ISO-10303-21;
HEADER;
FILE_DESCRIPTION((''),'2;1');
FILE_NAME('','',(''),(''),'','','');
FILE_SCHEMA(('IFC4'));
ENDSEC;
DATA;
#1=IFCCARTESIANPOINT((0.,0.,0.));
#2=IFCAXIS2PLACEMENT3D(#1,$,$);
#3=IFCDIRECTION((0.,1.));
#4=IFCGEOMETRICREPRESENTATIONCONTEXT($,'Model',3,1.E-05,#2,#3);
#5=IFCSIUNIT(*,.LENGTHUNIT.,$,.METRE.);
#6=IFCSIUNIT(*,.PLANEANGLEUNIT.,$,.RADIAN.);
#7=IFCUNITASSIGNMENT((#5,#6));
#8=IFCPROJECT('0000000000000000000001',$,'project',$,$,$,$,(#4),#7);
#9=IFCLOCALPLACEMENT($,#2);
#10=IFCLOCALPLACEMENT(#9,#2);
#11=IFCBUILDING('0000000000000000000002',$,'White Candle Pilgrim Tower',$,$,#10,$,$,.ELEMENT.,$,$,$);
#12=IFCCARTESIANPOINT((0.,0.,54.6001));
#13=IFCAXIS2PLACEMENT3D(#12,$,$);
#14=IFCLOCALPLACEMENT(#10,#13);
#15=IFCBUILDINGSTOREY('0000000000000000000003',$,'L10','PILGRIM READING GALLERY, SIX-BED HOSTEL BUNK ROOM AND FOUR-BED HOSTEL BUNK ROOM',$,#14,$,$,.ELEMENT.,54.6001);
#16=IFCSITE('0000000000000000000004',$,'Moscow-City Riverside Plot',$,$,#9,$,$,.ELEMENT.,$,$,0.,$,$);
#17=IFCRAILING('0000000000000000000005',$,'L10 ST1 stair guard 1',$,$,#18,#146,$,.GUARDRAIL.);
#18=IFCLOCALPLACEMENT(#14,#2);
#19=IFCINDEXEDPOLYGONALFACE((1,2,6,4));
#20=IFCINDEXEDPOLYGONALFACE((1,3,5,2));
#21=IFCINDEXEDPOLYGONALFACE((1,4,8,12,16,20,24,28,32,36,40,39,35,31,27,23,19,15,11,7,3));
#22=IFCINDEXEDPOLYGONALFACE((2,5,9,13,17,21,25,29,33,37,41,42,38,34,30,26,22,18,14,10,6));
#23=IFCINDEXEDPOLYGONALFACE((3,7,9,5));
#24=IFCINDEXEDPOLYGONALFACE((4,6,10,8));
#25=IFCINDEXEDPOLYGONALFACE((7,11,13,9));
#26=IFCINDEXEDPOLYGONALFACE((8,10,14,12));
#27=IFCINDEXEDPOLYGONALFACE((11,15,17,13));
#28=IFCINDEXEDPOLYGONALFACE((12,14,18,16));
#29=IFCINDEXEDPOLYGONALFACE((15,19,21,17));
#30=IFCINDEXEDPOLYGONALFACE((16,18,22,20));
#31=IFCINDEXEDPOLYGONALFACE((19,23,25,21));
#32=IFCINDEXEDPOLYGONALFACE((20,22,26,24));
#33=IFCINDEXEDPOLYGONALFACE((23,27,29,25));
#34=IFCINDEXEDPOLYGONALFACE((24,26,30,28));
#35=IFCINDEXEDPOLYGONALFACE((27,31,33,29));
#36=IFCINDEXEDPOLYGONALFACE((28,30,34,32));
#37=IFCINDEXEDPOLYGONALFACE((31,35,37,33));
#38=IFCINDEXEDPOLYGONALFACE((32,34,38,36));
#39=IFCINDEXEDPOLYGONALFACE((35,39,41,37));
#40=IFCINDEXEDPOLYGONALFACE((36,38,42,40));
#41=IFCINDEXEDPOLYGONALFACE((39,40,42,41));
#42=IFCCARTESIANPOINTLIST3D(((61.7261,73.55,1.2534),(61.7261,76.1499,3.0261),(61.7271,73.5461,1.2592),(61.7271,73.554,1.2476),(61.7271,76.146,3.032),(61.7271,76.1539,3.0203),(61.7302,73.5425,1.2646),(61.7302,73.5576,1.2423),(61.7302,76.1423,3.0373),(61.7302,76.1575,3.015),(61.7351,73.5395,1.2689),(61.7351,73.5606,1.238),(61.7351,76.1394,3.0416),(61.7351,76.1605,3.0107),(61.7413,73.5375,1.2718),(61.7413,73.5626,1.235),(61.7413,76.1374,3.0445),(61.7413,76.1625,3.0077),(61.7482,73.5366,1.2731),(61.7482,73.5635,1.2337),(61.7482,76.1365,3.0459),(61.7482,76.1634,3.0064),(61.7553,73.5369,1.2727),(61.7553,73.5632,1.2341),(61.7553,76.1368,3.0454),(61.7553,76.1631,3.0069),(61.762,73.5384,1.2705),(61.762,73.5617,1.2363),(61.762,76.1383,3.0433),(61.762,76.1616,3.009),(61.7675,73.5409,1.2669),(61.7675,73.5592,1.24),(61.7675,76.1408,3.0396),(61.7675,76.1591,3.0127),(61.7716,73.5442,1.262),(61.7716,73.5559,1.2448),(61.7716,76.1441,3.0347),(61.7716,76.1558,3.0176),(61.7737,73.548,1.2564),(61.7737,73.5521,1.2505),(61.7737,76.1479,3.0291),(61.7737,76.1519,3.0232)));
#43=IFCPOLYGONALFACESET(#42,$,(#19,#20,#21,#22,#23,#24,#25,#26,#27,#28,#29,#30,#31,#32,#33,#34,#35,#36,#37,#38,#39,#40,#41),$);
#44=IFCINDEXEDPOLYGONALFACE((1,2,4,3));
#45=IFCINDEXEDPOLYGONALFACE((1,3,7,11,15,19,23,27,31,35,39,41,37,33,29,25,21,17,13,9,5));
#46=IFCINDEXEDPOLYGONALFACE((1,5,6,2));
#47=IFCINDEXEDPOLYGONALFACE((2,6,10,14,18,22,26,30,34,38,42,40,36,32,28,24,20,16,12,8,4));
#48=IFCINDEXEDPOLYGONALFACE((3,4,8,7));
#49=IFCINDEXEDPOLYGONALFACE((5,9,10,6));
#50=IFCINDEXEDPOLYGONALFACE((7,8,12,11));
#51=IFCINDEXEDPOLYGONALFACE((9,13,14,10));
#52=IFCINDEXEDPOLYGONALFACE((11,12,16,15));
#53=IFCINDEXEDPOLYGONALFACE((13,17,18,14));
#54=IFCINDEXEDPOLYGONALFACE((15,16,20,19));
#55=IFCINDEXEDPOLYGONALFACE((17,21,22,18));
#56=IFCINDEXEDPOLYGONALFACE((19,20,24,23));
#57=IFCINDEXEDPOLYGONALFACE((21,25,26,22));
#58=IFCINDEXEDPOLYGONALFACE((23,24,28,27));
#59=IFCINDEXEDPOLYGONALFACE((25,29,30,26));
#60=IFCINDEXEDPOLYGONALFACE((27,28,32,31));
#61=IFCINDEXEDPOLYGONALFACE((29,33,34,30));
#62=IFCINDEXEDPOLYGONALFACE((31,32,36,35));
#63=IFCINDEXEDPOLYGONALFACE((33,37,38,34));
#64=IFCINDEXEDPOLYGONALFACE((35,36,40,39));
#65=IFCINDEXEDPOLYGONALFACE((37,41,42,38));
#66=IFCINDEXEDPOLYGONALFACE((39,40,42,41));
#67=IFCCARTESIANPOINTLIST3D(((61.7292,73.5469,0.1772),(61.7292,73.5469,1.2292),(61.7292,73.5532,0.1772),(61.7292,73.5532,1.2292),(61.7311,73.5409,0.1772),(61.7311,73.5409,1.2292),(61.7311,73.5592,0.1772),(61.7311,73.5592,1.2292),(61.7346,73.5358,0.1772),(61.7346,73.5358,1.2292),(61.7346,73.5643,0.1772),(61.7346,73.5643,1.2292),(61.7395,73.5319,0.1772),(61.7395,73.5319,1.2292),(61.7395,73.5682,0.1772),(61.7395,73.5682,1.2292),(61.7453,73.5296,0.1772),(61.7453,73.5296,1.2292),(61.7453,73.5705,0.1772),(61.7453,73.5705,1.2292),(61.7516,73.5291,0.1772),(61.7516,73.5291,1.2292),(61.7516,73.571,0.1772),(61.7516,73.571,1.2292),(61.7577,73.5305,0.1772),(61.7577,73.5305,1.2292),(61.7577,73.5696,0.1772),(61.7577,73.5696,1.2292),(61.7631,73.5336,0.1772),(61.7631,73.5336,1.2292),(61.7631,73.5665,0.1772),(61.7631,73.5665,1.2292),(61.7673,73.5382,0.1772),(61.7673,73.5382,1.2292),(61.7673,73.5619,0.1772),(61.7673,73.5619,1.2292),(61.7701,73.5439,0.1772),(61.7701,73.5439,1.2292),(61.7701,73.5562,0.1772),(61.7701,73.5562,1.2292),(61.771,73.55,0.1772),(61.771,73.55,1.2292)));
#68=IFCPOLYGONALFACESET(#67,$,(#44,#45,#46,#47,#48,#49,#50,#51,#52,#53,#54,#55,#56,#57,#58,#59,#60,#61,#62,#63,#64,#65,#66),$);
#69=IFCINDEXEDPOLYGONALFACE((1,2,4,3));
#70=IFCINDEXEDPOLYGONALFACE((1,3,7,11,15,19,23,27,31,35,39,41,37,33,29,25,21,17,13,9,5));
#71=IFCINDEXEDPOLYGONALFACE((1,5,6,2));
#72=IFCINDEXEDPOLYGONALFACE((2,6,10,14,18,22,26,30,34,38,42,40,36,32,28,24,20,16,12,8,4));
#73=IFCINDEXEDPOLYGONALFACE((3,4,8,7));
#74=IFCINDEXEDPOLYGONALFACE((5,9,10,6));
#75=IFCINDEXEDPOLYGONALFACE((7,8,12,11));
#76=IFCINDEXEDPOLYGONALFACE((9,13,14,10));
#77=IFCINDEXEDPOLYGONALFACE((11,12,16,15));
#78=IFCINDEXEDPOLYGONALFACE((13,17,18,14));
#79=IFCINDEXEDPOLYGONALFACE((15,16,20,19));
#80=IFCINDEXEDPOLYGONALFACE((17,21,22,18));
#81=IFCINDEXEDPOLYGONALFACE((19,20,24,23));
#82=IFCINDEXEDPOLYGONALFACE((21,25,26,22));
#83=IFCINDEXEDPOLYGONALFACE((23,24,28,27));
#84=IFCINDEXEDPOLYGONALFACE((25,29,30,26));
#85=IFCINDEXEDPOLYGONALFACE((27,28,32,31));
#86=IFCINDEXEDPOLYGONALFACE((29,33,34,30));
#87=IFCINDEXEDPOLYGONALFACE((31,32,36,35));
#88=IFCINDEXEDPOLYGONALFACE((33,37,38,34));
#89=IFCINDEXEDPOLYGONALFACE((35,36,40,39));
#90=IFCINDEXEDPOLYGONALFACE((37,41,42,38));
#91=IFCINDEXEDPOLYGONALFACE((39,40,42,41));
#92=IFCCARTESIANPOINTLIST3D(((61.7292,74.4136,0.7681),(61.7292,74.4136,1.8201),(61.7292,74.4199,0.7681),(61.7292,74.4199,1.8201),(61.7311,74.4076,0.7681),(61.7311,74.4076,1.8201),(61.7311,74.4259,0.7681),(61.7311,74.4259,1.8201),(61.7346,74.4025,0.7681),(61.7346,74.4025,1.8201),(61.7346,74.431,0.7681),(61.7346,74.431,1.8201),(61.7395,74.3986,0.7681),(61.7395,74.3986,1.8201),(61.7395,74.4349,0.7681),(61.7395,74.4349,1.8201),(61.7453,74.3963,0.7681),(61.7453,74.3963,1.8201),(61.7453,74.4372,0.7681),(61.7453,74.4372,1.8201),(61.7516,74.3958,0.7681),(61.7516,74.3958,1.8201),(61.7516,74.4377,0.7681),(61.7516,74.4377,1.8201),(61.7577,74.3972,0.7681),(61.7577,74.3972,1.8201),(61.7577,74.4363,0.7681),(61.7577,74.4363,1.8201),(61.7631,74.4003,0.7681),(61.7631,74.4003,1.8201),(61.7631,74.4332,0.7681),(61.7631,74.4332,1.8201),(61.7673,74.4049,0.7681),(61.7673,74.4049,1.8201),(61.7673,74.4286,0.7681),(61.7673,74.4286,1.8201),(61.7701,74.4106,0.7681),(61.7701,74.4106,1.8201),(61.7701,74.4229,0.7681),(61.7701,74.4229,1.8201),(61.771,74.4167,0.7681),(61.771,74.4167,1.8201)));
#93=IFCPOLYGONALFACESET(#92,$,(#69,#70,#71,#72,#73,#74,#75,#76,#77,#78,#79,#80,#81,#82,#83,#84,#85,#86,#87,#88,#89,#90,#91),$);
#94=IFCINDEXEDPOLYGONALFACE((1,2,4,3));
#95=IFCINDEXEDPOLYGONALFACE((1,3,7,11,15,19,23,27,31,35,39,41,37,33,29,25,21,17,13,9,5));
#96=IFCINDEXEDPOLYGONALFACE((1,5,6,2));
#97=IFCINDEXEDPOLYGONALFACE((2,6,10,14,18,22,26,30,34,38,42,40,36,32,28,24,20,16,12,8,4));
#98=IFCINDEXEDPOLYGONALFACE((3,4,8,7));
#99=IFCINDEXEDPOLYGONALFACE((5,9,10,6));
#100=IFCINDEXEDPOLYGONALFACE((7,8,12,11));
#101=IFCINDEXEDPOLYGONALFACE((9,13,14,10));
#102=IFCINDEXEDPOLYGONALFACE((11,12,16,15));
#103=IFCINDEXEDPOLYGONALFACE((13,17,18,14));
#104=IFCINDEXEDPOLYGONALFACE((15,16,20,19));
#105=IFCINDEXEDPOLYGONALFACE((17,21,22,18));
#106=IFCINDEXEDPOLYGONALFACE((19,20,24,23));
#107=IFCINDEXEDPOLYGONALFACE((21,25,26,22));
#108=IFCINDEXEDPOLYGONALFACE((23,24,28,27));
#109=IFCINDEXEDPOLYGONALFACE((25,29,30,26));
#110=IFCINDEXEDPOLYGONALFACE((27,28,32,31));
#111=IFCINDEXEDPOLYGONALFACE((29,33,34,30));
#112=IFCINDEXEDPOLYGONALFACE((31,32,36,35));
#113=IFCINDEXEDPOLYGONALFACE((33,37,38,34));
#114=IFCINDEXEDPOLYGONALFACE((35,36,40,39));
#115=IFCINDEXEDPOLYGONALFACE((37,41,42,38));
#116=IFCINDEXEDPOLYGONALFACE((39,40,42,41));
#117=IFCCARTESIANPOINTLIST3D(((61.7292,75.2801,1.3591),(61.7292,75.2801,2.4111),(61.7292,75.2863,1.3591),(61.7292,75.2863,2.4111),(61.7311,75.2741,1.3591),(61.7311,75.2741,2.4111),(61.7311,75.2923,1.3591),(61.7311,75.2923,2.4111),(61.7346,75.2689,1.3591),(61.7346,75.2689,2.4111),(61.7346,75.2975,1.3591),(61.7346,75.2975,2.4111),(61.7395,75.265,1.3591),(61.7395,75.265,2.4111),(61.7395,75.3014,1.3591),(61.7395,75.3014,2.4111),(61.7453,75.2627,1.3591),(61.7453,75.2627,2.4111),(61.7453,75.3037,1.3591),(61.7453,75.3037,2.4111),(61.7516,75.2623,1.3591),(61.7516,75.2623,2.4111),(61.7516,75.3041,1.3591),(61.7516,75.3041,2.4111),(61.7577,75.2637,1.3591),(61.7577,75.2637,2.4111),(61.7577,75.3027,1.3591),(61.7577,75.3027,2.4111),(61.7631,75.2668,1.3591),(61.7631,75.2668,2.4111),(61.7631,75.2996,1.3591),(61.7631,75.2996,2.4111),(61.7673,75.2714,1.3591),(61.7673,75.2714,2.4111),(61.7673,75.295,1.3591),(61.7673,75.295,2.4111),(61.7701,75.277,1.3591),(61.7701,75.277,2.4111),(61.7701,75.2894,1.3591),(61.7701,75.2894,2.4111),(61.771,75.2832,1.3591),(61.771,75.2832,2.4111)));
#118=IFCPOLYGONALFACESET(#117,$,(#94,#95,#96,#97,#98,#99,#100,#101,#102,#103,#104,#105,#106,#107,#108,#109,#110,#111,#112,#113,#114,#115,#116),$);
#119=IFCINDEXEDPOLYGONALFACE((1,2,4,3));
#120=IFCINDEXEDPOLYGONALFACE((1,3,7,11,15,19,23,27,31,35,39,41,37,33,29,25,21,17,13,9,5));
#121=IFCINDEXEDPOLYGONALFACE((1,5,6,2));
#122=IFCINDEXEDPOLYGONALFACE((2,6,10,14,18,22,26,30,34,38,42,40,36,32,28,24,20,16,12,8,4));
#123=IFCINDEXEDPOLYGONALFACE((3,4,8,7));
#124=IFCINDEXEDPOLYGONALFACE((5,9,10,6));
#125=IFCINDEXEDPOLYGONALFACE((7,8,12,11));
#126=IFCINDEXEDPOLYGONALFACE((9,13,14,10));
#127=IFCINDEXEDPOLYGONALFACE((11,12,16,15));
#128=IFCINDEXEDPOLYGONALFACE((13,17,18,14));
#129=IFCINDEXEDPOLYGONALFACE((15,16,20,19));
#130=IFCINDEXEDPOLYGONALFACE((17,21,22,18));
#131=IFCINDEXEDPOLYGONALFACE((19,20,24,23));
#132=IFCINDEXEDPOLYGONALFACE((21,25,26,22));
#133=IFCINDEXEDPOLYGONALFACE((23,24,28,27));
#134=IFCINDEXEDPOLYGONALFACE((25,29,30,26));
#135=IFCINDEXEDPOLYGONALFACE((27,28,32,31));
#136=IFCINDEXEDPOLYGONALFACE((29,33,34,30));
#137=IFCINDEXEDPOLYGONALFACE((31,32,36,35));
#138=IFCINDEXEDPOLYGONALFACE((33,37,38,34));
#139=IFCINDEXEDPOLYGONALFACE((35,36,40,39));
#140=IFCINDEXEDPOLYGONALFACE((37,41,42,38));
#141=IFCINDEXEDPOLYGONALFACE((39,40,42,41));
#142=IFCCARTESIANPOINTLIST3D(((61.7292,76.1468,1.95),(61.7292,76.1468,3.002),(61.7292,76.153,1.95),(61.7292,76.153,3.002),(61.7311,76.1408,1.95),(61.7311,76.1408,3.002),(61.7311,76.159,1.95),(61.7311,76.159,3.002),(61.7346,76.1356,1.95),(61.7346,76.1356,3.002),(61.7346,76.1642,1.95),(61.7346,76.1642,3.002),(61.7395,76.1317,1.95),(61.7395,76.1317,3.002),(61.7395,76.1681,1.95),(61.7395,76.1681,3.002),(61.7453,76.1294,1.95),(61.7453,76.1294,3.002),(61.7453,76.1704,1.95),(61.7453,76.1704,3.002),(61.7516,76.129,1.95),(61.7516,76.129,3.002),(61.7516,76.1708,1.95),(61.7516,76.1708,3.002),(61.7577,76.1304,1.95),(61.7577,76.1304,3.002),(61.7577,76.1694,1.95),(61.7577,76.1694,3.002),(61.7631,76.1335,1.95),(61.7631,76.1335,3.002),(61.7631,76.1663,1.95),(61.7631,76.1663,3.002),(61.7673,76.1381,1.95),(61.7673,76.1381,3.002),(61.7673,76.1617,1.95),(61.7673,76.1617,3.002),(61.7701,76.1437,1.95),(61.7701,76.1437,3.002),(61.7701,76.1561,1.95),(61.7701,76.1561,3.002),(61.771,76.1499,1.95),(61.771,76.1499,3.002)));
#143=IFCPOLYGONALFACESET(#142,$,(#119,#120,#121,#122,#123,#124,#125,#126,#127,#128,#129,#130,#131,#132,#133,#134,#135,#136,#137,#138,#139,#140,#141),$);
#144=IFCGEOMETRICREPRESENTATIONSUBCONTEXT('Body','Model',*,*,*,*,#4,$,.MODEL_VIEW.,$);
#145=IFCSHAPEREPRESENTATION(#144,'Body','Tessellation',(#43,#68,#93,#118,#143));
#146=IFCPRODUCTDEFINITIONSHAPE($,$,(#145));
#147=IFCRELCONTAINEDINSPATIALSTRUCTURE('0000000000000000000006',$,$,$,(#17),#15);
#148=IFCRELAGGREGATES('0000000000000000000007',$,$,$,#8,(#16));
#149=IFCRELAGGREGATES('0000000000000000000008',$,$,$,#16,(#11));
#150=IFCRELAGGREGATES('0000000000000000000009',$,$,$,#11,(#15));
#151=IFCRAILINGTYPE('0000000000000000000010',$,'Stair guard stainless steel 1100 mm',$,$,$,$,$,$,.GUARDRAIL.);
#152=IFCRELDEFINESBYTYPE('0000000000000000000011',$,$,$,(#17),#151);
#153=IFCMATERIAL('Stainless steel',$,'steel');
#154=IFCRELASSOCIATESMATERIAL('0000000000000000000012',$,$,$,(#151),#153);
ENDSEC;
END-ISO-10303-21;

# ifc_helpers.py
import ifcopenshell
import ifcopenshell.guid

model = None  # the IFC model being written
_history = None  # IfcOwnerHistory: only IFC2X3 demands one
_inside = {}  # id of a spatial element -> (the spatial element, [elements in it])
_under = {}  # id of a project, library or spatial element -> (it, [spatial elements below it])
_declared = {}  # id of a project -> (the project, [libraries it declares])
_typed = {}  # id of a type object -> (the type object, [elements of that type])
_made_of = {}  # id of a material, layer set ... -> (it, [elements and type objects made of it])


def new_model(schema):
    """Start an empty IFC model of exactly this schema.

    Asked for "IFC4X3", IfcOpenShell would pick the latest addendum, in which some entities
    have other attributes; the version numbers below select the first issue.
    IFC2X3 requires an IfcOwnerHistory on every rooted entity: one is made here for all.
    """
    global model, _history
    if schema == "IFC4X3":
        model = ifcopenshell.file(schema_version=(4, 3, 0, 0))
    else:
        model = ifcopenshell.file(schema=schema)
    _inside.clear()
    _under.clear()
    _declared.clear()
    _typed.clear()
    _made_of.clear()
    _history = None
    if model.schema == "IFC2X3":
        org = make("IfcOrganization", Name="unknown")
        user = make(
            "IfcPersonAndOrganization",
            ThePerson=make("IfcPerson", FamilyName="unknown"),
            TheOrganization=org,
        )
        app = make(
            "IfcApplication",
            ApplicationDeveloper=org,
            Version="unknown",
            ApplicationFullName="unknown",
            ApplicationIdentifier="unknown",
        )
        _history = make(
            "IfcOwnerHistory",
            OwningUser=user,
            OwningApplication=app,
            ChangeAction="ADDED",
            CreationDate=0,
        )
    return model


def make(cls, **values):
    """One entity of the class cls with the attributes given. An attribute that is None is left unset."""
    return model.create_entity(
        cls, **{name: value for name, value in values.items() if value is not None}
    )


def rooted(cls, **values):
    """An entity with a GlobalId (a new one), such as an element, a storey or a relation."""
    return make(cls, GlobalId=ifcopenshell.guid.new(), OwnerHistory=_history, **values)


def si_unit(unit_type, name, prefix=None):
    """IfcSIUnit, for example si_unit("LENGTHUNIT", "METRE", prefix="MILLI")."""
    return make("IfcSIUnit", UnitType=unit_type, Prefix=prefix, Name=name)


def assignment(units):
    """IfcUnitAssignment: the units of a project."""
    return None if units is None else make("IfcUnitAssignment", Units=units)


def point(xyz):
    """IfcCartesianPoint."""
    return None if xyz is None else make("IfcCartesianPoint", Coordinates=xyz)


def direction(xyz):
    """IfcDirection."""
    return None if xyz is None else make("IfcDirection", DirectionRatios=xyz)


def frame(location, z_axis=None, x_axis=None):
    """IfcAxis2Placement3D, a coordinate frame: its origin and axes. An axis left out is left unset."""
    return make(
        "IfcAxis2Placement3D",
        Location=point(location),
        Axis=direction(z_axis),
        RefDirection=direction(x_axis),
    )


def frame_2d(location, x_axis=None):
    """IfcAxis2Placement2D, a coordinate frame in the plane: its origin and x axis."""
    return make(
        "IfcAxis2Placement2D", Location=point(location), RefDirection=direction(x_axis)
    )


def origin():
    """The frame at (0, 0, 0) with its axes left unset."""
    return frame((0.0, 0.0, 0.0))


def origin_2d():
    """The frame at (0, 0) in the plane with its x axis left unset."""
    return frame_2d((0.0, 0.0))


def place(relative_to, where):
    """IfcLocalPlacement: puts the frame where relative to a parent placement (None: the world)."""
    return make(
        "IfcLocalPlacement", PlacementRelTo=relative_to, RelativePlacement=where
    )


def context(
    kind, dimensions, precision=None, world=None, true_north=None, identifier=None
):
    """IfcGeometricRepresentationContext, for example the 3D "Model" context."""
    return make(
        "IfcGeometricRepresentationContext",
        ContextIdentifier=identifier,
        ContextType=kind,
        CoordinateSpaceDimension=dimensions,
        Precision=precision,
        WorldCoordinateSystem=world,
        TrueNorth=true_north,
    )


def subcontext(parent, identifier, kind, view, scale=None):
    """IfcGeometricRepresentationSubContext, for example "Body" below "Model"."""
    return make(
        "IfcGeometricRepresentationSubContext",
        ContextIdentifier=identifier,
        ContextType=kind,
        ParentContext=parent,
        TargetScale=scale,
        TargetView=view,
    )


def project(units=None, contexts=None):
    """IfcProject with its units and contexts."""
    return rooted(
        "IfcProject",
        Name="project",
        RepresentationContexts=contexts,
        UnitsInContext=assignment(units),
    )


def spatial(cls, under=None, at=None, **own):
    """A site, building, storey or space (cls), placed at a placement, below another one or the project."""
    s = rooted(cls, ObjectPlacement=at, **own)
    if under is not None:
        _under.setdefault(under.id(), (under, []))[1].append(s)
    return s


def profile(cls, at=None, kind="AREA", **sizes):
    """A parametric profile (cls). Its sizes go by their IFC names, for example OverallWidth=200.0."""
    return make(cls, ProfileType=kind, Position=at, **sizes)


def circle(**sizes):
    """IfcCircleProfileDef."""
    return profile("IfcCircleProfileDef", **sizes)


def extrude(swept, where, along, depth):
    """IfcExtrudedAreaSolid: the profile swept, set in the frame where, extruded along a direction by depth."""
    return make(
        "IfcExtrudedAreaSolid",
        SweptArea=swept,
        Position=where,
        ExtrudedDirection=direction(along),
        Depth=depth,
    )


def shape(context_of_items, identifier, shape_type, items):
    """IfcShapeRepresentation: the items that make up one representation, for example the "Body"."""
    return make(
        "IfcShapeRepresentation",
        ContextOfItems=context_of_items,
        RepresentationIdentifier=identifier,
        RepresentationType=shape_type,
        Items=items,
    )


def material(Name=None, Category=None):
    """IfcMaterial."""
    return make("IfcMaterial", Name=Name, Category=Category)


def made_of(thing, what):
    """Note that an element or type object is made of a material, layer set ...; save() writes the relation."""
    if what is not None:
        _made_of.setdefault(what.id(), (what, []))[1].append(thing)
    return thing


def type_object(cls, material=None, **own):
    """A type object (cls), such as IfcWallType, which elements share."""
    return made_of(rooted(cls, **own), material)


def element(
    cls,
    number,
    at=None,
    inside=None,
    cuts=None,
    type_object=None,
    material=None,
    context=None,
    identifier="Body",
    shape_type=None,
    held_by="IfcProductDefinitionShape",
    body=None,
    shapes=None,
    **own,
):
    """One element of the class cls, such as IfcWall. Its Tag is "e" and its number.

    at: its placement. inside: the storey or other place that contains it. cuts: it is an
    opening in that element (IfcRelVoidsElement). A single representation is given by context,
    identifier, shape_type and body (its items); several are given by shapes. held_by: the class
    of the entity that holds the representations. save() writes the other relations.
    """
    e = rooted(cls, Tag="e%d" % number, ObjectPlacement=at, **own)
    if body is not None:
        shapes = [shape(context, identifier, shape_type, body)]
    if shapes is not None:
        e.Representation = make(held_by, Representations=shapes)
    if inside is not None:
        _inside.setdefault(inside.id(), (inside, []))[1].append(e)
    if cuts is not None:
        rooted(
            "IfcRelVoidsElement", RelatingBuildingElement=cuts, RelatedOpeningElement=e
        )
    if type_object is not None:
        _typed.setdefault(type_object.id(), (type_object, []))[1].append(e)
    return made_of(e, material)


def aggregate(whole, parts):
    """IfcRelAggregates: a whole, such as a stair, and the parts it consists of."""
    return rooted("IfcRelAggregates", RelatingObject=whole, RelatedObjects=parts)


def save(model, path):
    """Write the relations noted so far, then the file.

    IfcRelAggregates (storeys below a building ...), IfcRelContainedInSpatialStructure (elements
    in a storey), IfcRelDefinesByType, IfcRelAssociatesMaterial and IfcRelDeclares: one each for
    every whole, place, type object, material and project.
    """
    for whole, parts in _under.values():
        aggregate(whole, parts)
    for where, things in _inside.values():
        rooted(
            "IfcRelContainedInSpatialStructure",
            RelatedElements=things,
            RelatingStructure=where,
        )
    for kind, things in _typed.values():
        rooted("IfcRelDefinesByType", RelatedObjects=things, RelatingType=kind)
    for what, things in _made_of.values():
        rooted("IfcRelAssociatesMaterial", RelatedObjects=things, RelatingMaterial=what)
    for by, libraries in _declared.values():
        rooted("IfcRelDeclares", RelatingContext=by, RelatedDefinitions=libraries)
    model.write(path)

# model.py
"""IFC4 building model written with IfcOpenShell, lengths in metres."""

from ifc_helpers import new_model, si_unit, direction, frame, origin, origin_2d, place, context, subcontext, project, spatial, circle, extrude, material, type_object, element, save


model = new_model("IFC4")

# Units and contexts
model_context = context("Model", 3, precision=1e-05, world=origin(), true_north=direction((0.0, 1.0)))
body_context = subcontext(model_context, "Body", "Model", "MODEL_VIEW")
ifc_project = project(units=[si_unit("LENGTHUNIT", "METRE"), si_unit("PLANEANGLEUNIT", "RADIAN")], contexts=[model_context])

# Site, building, storey
site_placement = place(None, origin())
site = spatial("IfcSite", under=ifc_project, at=site_placement, Name="Moscow-City Riverside Plot", CompositionType="ELEMENT", RefElevation=0.0)
building_placement = place(site_placement, origin())
building = spatial("IfcBuilding", under=site, at=building_placement, Name="White Candle Pilgrim Tower", CompositionType="ELEMENT")
storey_placement = place(building_placement, frame((0.0, 0.0, 54.6001)))
storey = spatial("IfcBuildingStorey", under=building, at=storey_placement, Name="L10", Description="PILGRIM READING GALLERY, SIX-BED HOSTEL BUNK ROOM AND FOUR-BED HOSTEL BUNK ROOM", CompositionType="ELEMENT", Elevation=54.6001)

# Shared definitions
ifc_material_1 = material(Name="Stainless steel", Category="steel")

# Railing
railing_type_1 = type_object("IfcRailingType", Name="Stair guard stainless steel 1100 mm", PredefinedType="GUARDRAIL", material=ifc_material_1)
railing_1_placement = place(storey_placement, frame((61.75, 73.55, 0.1772)))
element("IfcRailing", 1, at=railing_1_placement, inside=storey, type_object=railing_type_1, Name="L10 ST1 stair guard 1", PredefinedType="GUARDRAIL", context=body_context, shape_type="SweptSolid", body=[
    extrude(circle(Radius=0.0239, at=origin_2d()), frame((0.0, 0.0, 1.0762), z_axis=(0.0, 0.826216, 0.563354), x_axis=(-1.0, 0.0, 0.0)), (0.0, 0.0, 1.0), 3.1467),
    extrude(circle(Radius=0.021, at=origin_2d()), origin(), (0.0, 0.0, 1.0), 1.052),
    extrude(circle(Radius=0.021, at=origin_2d()), frame((0.0, 0.8667, 0.5908)), (0.0, 0.0, 1.0), 1.052),
    extrude(circle(Radius=0.021, at=origin_2d()), frame((0.0, 1.7332, 1.1819)), (0.0, 0.0, 1.0), 1.052),
    extrude(circle(Radius=0.021, at=origin_2d()), frame((0.0, 2.5999, 1.7727)), (0.0, 0.0, 1.0), 1.052),
])

save(model, "model.ifc")
